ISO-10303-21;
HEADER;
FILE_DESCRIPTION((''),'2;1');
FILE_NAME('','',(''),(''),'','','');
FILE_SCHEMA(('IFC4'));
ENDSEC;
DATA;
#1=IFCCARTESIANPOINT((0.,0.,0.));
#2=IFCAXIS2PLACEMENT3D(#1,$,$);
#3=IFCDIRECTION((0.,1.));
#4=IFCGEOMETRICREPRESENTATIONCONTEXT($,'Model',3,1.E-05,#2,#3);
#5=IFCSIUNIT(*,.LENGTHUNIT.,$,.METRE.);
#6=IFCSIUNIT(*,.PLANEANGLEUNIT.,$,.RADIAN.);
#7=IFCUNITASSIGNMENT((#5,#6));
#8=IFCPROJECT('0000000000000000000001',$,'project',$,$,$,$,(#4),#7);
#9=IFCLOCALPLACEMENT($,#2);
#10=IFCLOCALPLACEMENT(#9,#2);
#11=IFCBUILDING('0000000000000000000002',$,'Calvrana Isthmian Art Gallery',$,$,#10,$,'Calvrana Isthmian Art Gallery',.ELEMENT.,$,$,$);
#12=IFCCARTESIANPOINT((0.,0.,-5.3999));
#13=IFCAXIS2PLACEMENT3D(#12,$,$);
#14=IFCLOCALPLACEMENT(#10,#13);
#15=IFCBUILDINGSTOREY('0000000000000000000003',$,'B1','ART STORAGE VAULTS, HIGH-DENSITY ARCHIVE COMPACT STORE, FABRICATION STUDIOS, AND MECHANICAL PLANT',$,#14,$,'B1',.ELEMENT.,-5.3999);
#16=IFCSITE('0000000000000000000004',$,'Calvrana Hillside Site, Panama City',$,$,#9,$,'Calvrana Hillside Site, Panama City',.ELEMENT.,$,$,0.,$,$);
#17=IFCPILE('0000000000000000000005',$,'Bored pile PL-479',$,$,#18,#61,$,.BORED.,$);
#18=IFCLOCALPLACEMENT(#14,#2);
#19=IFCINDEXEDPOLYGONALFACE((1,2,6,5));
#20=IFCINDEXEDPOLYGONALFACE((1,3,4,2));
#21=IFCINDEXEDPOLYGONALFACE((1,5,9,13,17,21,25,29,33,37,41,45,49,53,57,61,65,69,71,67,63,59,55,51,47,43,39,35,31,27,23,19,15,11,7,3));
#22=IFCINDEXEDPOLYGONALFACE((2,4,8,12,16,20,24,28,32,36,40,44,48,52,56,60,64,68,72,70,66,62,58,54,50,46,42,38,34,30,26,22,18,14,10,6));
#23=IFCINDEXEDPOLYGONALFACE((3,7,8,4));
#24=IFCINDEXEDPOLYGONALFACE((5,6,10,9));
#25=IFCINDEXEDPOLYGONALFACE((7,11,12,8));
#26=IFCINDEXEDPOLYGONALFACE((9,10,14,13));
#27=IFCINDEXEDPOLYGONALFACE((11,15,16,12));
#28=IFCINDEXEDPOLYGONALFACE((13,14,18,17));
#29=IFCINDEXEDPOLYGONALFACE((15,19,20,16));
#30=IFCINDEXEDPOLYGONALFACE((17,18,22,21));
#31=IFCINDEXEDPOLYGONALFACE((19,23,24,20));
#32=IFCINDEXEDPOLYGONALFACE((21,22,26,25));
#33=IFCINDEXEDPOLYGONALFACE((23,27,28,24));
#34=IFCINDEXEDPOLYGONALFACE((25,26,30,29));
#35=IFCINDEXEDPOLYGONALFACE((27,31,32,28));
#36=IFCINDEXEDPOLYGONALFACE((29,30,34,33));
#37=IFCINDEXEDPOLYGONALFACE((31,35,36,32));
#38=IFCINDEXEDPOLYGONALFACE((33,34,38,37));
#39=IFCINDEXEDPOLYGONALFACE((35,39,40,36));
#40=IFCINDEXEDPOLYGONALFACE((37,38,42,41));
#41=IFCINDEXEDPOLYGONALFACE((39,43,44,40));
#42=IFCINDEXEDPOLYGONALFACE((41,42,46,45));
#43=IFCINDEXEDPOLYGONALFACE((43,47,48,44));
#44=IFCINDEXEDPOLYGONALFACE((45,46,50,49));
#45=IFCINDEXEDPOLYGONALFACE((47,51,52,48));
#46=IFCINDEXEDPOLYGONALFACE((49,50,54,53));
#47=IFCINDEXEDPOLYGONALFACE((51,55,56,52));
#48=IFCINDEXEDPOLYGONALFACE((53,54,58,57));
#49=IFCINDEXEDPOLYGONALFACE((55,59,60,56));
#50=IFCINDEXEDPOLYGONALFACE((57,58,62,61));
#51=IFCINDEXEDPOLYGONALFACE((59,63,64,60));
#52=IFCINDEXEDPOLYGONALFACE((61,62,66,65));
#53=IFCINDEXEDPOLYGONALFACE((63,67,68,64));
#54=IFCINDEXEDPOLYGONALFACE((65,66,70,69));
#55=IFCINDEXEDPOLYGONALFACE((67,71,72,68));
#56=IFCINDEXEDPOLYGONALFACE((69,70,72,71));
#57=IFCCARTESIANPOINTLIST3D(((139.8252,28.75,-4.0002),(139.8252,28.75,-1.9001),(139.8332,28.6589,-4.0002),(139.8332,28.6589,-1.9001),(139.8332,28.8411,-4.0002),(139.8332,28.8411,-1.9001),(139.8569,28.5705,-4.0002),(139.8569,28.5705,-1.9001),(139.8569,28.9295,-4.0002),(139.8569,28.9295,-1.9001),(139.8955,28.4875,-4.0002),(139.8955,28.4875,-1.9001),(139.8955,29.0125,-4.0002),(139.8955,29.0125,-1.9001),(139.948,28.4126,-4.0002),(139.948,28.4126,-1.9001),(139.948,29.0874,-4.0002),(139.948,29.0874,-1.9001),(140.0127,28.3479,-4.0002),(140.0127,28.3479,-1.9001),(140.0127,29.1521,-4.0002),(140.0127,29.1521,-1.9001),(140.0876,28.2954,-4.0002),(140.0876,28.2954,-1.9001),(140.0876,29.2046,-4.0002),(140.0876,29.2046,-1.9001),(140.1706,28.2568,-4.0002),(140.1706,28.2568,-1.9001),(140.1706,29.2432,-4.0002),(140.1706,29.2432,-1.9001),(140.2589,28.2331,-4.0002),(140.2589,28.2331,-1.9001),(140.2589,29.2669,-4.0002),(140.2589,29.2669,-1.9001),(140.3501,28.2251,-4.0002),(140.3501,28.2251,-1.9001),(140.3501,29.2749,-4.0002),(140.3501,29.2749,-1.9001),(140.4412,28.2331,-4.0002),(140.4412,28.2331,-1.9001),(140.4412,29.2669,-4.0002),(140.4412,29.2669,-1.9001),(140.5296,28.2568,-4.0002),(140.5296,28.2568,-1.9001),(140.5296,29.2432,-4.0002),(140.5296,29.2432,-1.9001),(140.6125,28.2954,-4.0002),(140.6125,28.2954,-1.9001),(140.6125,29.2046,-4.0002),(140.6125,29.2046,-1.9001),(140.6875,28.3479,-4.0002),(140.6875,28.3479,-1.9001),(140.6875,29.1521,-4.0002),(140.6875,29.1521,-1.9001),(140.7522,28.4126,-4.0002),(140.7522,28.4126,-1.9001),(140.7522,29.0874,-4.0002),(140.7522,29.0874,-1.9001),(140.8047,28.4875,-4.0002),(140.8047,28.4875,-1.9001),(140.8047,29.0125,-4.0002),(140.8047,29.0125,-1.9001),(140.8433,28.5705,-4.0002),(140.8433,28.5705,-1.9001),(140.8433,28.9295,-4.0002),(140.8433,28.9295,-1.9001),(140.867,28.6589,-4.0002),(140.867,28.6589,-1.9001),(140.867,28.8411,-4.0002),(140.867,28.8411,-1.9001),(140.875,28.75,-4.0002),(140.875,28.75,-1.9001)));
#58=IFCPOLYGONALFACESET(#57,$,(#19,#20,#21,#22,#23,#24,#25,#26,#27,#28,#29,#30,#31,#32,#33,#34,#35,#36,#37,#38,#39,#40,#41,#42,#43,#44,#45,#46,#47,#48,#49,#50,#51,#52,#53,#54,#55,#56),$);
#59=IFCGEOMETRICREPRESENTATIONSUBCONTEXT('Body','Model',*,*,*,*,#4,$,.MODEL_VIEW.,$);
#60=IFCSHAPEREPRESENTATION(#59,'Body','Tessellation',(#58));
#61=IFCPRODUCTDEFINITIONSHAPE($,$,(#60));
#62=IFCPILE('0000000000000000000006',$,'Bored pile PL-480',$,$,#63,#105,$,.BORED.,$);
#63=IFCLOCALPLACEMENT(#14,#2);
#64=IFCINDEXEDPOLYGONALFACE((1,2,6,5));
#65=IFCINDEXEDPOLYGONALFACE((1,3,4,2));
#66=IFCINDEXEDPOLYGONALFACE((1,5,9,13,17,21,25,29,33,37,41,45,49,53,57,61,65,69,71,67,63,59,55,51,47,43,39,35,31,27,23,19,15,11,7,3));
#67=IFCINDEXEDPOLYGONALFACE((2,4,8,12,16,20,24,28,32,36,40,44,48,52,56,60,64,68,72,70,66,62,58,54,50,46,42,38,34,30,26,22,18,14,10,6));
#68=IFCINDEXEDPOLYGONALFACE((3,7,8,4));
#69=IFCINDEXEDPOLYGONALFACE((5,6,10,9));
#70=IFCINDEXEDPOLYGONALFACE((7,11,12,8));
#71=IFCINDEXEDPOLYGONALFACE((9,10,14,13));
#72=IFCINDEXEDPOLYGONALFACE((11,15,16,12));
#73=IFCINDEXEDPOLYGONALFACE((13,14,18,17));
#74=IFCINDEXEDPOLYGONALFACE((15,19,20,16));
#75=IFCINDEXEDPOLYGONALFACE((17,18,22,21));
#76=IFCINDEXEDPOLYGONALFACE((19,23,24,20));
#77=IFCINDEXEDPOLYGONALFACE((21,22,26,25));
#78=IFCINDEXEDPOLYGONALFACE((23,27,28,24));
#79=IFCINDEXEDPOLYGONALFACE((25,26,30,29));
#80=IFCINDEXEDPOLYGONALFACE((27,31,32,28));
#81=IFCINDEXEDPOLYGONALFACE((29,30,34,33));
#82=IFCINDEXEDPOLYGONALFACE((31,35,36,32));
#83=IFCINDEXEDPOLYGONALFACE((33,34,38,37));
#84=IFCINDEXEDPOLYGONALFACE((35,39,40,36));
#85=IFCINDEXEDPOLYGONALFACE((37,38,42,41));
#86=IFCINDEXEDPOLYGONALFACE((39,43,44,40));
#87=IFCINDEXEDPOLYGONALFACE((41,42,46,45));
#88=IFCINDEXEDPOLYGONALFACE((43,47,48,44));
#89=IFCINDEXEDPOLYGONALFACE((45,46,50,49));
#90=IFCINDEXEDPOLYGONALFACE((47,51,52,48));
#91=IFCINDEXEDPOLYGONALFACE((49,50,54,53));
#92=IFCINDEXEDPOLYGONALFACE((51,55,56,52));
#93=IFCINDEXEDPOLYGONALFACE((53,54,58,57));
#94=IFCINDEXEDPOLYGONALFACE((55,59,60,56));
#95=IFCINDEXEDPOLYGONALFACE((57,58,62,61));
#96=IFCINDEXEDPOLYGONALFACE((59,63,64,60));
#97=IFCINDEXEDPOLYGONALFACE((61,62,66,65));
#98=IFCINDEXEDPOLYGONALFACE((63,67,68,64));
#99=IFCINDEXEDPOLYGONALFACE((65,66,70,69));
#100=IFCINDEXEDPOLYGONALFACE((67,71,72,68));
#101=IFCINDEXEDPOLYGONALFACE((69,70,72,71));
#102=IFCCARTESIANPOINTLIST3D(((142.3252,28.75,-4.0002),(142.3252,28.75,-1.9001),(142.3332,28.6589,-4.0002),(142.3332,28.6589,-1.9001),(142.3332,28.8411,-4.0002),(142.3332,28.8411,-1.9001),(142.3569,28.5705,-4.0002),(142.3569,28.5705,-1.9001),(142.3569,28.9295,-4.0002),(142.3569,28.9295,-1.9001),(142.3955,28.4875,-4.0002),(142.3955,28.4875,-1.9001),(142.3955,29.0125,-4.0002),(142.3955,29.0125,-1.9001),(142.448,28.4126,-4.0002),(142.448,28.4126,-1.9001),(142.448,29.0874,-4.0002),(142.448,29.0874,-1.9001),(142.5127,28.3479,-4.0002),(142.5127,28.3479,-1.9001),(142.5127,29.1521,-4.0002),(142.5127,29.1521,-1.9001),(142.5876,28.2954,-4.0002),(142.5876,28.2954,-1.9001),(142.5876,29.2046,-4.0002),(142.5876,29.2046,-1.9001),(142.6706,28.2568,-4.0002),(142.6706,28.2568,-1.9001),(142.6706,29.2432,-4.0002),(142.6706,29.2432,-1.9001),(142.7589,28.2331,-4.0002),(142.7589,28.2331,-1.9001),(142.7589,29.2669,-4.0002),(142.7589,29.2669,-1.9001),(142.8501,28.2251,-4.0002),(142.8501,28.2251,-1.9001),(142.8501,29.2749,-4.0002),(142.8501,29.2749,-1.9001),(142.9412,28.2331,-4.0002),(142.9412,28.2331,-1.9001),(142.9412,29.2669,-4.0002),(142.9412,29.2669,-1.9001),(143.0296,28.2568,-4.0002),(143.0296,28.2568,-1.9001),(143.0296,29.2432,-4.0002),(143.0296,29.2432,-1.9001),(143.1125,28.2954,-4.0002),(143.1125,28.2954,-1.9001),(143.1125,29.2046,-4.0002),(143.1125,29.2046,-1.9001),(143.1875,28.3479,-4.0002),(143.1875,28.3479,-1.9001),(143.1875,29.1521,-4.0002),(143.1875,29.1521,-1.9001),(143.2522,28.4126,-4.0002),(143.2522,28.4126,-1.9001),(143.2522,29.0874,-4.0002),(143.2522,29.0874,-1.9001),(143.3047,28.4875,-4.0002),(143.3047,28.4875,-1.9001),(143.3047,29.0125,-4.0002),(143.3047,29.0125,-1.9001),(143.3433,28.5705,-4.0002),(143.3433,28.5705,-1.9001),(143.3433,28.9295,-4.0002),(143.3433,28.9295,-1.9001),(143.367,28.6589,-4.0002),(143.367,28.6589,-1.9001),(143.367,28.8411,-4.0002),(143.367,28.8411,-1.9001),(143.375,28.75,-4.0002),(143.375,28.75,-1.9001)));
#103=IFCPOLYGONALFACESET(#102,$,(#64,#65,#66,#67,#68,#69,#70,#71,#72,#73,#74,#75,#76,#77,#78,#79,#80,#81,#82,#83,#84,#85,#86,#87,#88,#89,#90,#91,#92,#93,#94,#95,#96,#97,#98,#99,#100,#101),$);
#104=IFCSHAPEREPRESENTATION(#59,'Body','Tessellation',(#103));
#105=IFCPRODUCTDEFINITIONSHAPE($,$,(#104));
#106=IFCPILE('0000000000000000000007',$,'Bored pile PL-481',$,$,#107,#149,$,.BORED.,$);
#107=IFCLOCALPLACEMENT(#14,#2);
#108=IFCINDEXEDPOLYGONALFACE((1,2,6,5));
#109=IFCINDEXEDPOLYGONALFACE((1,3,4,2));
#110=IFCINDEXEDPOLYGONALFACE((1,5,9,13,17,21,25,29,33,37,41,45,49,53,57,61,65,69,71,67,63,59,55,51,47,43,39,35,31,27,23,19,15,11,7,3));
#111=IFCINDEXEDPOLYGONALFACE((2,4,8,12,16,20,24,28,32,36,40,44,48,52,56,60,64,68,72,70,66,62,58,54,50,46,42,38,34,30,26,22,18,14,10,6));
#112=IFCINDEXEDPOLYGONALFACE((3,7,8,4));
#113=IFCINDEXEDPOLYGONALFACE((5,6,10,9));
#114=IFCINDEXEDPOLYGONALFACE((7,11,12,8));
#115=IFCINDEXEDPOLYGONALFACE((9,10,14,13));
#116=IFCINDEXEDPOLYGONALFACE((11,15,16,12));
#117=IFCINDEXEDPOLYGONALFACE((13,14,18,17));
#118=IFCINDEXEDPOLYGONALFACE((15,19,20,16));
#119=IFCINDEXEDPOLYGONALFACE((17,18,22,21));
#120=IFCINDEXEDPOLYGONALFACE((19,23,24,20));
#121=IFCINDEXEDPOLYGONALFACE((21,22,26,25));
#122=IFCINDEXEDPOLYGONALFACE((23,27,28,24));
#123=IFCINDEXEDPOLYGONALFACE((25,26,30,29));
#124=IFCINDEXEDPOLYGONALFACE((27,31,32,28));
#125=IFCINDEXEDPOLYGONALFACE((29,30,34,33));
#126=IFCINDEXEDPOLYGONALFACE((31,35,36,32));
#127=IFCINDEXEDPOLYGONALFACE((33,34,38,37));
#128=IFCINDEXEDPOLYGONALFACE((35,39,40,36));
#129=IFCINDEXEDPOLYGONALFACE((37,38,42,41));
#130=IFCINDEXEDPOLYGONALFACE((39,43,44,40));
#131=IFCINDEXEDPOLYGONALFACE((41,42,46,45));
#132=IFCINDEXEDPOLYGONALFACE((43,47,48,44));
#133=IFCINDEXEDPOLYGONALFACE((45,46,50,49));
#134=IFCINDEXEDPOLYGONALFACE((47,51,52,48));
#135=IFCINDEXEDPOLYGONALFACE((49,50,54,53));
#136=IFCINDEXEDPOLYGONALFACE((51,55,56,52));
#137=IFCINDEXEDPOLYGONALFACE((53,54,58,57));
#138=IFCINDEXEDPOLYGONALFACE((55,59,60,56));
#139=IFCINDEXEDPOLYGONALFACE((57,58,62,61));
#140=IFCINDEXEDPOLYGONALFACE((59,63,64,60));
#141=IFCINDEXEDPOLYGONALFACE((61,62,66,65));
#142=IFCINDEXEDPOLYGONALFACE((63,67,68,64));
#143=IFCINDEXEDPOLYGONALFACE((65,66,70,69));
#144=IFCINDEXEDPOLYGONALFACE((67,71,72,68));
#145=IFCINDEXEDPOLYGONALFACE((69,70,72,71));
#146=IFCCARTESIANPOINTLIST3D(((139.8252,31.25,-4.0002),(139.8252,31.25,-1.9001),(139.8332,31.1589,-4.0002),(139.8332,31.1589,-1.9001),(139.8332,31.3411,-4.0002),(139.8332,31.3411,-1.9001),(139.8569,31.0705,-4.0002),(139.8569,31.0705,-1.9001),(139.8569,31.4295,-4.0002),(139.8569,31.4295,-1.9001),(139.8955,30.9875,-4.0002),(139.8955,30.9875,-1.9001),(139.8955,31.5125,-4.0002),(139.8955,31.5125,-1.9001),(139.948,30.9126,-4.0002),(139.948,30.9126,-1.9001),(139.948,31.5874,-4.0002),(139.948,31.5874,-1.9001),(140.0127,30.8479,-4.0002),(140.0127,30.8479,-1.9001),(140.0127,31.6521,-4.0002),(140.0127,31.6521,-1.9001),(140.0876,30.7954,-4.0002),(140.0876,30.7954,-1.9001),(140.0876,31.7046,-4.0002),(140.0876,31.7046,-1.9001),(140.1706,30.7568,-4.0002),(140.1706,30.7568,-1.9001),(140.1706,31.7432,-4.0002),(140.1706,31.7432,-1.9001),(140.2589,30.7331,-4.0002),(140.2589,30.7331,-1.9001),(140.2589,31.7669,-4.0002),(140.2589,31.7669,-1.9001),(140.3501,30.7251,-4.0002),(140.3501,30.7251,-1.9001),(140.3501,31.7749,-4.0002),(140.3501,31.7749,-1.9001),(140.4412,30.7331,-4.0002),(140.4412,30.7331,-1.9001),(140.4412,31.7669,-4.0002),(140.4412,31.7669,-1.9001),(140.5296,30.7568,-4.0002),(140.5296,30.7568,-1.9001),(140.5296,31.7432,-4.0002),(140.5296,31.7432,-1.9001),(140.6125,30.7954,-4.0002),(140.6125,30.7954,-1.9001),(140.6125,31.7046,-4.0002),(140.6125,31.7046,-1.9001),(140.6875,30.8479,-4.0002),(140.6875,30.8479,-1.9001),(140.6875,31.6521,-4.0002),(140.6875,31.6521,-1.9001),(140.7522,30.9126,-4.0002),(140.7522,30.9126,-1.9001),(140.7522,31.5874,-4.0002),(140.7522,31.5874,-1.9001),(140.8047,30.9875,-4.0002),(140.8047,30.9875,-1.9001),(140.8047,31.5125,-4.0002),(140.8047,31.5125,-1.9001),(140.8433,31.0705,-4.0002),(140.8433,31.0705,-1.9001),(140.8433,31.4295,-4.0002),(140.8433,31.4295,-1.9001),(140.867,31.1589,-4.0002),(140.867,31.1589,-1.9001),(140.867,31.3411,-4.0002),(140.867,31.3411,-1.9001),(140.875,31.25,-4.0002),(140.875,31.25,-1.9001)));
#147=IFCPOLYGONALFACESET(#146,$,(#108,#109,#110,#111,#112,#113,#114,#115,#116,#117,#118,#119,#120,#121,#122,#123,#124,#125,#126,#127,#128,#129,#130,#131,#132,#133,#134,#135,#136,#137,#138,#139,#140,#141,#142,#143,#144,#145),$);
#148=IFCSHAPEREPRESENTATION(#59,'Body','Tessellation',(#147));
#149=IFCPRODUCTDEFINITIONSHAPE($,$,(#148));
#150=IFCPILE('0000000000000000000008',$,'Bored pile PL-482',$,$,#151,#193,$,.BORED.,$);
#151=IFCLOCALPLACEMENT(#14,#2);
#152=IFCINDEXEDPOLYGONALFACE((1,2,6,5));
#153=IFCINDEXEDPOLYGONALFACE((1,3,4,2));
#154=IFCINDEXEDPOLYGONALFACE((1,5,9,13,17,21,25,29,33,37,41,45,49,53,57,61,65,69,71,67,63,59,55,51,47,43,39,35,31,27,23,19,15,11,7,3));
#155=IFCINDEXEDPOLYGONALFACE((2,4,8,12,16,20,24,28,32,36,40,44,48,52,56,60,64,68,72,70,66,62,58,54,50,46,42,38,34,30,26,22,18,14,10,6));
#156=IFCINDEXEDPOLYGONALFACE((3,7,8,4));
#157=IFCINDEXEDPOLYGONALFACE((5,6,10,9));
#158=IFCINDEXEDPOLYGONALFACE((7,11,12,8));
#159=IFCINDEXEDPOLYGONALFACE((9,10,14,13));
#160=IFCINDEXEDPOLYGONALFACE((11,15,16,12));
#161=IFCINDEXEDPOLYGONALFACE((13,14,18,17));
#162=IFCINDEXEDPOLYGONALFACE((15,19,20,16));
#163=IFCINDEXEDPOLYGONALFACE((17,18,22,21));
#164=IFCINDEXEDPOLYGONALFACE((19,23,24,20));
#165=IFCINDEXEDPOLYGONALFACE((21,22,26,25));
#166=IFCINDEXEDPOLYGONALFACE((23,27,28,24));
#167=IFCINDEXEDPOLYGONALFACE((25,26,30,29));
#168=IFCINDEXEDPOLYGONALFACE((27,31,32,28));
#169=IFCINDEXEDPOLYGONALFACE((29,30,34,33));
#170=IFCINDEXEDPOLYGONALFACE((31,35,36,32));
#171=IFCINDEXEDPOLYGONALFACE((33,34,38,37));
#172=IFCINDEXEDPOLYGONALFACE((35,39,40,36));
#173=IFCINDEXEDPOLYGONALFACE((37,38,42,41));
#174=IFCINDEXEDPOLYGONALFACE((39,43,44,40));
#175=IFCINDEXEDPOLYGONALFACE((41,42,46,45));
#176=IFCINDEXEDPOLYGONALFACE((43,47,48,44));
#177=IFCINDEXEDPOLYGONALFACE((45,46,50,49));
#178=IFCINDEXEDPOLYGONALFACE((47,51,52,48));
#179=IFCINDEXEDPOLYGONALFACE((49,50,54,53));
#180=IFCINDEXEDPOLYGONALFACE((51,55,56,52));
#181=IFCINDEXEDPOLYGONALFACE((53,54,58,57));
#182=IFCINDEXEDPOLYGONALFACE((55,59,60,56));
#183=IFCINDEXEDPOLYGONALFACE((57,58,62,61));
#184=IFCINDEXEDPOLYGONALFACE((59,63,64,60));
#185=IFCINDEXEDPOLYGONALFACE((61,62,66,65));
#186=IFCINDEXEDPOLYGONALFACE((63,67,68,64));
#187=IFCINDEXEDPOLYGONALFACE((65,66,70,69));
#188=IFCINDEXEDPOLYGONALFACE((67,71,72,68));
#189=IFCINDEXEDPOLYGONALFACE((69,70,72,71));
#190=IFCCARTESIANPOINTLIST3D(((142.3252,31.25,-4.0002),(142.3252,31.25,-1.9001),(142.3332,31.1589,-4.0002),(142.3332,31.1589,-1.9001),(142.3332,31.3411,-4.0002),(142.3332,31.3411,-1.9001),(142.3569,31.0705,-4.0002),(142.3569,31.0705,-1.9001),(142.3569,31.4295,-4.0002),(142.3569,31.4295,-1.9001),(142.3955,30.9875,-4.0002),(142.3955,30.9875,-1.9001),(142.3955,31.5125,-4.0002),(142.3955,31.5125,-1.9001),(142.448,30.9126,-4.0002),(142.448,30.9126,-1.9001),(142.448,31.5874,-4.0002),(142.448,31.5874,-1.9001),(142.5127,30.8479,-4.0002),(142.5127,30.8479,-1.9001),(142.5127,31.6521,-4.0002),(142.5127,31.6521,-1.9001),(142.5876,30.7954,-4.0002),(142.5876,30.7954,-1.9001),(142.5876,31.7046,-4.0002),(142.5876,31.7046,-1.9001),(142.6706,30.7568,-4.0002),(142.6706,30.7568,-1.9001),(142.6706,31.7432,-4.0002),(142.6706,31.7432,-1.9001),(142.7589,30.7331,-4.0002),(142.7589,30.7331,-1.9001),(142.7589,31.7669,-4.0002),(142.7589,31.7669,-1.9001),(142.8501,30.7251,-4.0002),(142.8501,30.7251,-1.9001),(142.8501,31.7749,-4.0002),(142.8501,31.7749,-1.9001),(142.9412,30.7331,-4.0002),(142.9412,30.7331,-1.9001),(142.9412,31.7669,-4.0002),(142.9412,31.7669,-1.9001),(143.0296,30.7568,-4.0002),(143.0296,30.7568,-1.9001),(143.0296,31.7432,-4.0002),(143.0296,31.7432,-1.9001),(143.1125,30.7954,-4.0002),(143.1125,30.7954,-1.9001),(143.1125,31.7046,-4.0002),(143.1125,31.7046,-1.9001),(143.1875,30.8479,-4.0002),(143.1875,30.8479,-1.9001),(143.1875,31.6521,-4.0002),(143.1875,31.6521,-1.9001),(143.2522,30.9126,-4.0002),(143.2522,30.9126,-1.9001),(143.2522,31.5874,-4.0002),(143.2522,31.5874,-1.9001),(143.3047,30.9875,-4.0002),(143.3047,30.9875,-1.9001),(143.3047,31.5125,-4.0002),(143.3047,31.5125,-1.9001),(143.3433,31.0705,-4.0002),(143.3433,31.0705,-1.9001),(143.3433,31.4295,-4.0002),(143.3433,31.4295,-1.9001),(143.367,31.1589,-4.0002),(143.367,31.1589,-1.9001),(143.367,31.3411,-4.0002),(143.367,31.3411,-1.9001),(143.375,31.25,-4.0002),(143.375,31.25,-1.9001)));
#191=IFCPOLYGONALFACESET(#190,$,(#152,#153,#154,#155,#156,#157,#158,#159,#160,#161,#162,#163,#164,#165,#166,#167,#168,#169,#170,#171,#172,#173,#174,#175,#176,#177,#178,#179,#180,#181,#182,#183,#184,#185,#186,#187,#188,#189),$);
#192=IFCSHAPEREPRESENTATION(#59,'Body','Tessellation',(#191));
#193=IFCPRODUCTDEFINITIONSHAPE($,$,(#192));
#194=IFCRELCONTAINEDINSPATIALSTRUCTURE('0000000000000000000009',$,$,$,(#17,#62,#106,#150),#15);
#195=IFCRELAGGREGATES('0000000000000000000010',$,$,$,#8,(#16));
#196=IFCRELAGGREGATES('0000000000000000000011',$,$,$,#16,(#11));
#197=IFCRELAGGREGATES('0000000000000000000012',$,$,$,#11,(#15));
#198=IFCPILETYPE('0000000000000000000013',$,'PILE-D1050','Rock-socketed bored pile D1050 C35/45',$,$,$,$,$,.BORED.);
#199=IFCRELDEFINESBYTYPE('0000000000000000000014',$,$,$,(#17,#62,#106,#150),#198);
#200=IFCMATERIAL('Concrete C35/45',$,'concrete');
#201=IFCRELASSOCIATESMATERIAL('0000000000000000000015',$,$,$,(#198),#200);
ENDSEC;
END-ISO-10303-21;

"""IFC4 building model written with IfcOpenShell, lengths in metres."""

from ifc_helpers import new_model, si_unit, direction, frame, origin, origin_2d, place, context, subcontext, project, spatial, circle, extrude, material, material_profile, profile_set, type_object, element, save


model = new_model("IFC4")

# Units and contexts
model_context = context("Model", 3, precision=1e-05, world=origin(), true_north=direction((0.0, 1.0)))
body_context = subcontext(model_context, "Body", "Model", "MODEL_VIEW")
ifc_project = project(units=[si_unit("LENGTHUNIT", "METRE"), si_unit("PLANEANGLEUNIT", "RADIAN")], contexts=[model_context])

# Site, building, storey
site_placement = place(None, origin())
site = spatial("IfcSite", under=ifc_project, at=site_placement, Name="Calvrana Hillside Site, Panama City", LongName="Calvrana Hillside Site, Panama City", CompositionType="ELEMENT", RefElevation=0.0)
building_placement = place(site_placement, origin())
building = spatial("IfcBuilding", under=site, at=building_placement, Name="Calvrana Isthmian Art Gallery", LongName="Calvrana Isthmian Art Gallery", CompositionType="ELEMENT")
storey_placement = place(building_placement, frame((0.0, 0.0, -5.3999)))
storey = spatial("IfcBuildingStorey", under=building, at=storey_placement, Name="B1", Description="ART STORAGE VAULTS, HIGH-DENSITY ARCHIVE COMPACT STORE, FABRICATION STUDIOS, AND MECHANICAL PLANT", LongName="B1", CompositionType="ELEMENT", Elevation=-5.3999)

# Shared definitions
ifc_material_1 = material(Name="Concrete C35/45", Category="concrete")

# Piles
ifc_material_profile_1 = material_profile(ifc_material_1, circle(Radius=0.5249, at=origin_2d()), Name="PILE1050D")
ifc_profile_set_1 = profile_set([ifc_material_profile_1], Name="Concrete C35/45")
pile_type_1 = type_object("IfcPileType", Name="PILE-D1050", Description="Rock-socketed bored pile D1050 C35/45", PredefinedType="BORED", material=ifc_profile_set_1)
for number, where, z_axis, x_axis, name in (
    (1, (140.3501, 28.75, -1.9001), (0.0, 0.0, -1.0), (1.0, 0.0, 0.0), "Bored pile PL-479"),
    (2, (142.8501, 28.75, -1.9001), (0.0, 0.0, -1.0), (1.0, 0.0, 0.0), "Bored pile PL-480"),
    (3, (140.3501, 31.25, -1.9001), (0.0, 0.0, -1.0), (1.0, 0.0, 0.0), "Bored pile PL-481"),
    (4, (142.8501, 31.25, -1.9001), (0.0, 0.0, -1.0), (1.0, 0.0, 0.0), "Bored pile PL-482"),
):
    element("IfcPile", number, at=place(storey_placement, frame(where, z_axis=z_axis, x_axis=x_axis)), inside=storey, type_object=pile_type_1, Name=name, PredefinedType="BORED", context=body_context, shape_type="SweptSolid", body=[
        extrude(circle(Radius=0.5249, at=origin_2d()), origin(), (0.0, 0.0, 1.0), 2.1001),
    ])

save(model, "model.ifc")
